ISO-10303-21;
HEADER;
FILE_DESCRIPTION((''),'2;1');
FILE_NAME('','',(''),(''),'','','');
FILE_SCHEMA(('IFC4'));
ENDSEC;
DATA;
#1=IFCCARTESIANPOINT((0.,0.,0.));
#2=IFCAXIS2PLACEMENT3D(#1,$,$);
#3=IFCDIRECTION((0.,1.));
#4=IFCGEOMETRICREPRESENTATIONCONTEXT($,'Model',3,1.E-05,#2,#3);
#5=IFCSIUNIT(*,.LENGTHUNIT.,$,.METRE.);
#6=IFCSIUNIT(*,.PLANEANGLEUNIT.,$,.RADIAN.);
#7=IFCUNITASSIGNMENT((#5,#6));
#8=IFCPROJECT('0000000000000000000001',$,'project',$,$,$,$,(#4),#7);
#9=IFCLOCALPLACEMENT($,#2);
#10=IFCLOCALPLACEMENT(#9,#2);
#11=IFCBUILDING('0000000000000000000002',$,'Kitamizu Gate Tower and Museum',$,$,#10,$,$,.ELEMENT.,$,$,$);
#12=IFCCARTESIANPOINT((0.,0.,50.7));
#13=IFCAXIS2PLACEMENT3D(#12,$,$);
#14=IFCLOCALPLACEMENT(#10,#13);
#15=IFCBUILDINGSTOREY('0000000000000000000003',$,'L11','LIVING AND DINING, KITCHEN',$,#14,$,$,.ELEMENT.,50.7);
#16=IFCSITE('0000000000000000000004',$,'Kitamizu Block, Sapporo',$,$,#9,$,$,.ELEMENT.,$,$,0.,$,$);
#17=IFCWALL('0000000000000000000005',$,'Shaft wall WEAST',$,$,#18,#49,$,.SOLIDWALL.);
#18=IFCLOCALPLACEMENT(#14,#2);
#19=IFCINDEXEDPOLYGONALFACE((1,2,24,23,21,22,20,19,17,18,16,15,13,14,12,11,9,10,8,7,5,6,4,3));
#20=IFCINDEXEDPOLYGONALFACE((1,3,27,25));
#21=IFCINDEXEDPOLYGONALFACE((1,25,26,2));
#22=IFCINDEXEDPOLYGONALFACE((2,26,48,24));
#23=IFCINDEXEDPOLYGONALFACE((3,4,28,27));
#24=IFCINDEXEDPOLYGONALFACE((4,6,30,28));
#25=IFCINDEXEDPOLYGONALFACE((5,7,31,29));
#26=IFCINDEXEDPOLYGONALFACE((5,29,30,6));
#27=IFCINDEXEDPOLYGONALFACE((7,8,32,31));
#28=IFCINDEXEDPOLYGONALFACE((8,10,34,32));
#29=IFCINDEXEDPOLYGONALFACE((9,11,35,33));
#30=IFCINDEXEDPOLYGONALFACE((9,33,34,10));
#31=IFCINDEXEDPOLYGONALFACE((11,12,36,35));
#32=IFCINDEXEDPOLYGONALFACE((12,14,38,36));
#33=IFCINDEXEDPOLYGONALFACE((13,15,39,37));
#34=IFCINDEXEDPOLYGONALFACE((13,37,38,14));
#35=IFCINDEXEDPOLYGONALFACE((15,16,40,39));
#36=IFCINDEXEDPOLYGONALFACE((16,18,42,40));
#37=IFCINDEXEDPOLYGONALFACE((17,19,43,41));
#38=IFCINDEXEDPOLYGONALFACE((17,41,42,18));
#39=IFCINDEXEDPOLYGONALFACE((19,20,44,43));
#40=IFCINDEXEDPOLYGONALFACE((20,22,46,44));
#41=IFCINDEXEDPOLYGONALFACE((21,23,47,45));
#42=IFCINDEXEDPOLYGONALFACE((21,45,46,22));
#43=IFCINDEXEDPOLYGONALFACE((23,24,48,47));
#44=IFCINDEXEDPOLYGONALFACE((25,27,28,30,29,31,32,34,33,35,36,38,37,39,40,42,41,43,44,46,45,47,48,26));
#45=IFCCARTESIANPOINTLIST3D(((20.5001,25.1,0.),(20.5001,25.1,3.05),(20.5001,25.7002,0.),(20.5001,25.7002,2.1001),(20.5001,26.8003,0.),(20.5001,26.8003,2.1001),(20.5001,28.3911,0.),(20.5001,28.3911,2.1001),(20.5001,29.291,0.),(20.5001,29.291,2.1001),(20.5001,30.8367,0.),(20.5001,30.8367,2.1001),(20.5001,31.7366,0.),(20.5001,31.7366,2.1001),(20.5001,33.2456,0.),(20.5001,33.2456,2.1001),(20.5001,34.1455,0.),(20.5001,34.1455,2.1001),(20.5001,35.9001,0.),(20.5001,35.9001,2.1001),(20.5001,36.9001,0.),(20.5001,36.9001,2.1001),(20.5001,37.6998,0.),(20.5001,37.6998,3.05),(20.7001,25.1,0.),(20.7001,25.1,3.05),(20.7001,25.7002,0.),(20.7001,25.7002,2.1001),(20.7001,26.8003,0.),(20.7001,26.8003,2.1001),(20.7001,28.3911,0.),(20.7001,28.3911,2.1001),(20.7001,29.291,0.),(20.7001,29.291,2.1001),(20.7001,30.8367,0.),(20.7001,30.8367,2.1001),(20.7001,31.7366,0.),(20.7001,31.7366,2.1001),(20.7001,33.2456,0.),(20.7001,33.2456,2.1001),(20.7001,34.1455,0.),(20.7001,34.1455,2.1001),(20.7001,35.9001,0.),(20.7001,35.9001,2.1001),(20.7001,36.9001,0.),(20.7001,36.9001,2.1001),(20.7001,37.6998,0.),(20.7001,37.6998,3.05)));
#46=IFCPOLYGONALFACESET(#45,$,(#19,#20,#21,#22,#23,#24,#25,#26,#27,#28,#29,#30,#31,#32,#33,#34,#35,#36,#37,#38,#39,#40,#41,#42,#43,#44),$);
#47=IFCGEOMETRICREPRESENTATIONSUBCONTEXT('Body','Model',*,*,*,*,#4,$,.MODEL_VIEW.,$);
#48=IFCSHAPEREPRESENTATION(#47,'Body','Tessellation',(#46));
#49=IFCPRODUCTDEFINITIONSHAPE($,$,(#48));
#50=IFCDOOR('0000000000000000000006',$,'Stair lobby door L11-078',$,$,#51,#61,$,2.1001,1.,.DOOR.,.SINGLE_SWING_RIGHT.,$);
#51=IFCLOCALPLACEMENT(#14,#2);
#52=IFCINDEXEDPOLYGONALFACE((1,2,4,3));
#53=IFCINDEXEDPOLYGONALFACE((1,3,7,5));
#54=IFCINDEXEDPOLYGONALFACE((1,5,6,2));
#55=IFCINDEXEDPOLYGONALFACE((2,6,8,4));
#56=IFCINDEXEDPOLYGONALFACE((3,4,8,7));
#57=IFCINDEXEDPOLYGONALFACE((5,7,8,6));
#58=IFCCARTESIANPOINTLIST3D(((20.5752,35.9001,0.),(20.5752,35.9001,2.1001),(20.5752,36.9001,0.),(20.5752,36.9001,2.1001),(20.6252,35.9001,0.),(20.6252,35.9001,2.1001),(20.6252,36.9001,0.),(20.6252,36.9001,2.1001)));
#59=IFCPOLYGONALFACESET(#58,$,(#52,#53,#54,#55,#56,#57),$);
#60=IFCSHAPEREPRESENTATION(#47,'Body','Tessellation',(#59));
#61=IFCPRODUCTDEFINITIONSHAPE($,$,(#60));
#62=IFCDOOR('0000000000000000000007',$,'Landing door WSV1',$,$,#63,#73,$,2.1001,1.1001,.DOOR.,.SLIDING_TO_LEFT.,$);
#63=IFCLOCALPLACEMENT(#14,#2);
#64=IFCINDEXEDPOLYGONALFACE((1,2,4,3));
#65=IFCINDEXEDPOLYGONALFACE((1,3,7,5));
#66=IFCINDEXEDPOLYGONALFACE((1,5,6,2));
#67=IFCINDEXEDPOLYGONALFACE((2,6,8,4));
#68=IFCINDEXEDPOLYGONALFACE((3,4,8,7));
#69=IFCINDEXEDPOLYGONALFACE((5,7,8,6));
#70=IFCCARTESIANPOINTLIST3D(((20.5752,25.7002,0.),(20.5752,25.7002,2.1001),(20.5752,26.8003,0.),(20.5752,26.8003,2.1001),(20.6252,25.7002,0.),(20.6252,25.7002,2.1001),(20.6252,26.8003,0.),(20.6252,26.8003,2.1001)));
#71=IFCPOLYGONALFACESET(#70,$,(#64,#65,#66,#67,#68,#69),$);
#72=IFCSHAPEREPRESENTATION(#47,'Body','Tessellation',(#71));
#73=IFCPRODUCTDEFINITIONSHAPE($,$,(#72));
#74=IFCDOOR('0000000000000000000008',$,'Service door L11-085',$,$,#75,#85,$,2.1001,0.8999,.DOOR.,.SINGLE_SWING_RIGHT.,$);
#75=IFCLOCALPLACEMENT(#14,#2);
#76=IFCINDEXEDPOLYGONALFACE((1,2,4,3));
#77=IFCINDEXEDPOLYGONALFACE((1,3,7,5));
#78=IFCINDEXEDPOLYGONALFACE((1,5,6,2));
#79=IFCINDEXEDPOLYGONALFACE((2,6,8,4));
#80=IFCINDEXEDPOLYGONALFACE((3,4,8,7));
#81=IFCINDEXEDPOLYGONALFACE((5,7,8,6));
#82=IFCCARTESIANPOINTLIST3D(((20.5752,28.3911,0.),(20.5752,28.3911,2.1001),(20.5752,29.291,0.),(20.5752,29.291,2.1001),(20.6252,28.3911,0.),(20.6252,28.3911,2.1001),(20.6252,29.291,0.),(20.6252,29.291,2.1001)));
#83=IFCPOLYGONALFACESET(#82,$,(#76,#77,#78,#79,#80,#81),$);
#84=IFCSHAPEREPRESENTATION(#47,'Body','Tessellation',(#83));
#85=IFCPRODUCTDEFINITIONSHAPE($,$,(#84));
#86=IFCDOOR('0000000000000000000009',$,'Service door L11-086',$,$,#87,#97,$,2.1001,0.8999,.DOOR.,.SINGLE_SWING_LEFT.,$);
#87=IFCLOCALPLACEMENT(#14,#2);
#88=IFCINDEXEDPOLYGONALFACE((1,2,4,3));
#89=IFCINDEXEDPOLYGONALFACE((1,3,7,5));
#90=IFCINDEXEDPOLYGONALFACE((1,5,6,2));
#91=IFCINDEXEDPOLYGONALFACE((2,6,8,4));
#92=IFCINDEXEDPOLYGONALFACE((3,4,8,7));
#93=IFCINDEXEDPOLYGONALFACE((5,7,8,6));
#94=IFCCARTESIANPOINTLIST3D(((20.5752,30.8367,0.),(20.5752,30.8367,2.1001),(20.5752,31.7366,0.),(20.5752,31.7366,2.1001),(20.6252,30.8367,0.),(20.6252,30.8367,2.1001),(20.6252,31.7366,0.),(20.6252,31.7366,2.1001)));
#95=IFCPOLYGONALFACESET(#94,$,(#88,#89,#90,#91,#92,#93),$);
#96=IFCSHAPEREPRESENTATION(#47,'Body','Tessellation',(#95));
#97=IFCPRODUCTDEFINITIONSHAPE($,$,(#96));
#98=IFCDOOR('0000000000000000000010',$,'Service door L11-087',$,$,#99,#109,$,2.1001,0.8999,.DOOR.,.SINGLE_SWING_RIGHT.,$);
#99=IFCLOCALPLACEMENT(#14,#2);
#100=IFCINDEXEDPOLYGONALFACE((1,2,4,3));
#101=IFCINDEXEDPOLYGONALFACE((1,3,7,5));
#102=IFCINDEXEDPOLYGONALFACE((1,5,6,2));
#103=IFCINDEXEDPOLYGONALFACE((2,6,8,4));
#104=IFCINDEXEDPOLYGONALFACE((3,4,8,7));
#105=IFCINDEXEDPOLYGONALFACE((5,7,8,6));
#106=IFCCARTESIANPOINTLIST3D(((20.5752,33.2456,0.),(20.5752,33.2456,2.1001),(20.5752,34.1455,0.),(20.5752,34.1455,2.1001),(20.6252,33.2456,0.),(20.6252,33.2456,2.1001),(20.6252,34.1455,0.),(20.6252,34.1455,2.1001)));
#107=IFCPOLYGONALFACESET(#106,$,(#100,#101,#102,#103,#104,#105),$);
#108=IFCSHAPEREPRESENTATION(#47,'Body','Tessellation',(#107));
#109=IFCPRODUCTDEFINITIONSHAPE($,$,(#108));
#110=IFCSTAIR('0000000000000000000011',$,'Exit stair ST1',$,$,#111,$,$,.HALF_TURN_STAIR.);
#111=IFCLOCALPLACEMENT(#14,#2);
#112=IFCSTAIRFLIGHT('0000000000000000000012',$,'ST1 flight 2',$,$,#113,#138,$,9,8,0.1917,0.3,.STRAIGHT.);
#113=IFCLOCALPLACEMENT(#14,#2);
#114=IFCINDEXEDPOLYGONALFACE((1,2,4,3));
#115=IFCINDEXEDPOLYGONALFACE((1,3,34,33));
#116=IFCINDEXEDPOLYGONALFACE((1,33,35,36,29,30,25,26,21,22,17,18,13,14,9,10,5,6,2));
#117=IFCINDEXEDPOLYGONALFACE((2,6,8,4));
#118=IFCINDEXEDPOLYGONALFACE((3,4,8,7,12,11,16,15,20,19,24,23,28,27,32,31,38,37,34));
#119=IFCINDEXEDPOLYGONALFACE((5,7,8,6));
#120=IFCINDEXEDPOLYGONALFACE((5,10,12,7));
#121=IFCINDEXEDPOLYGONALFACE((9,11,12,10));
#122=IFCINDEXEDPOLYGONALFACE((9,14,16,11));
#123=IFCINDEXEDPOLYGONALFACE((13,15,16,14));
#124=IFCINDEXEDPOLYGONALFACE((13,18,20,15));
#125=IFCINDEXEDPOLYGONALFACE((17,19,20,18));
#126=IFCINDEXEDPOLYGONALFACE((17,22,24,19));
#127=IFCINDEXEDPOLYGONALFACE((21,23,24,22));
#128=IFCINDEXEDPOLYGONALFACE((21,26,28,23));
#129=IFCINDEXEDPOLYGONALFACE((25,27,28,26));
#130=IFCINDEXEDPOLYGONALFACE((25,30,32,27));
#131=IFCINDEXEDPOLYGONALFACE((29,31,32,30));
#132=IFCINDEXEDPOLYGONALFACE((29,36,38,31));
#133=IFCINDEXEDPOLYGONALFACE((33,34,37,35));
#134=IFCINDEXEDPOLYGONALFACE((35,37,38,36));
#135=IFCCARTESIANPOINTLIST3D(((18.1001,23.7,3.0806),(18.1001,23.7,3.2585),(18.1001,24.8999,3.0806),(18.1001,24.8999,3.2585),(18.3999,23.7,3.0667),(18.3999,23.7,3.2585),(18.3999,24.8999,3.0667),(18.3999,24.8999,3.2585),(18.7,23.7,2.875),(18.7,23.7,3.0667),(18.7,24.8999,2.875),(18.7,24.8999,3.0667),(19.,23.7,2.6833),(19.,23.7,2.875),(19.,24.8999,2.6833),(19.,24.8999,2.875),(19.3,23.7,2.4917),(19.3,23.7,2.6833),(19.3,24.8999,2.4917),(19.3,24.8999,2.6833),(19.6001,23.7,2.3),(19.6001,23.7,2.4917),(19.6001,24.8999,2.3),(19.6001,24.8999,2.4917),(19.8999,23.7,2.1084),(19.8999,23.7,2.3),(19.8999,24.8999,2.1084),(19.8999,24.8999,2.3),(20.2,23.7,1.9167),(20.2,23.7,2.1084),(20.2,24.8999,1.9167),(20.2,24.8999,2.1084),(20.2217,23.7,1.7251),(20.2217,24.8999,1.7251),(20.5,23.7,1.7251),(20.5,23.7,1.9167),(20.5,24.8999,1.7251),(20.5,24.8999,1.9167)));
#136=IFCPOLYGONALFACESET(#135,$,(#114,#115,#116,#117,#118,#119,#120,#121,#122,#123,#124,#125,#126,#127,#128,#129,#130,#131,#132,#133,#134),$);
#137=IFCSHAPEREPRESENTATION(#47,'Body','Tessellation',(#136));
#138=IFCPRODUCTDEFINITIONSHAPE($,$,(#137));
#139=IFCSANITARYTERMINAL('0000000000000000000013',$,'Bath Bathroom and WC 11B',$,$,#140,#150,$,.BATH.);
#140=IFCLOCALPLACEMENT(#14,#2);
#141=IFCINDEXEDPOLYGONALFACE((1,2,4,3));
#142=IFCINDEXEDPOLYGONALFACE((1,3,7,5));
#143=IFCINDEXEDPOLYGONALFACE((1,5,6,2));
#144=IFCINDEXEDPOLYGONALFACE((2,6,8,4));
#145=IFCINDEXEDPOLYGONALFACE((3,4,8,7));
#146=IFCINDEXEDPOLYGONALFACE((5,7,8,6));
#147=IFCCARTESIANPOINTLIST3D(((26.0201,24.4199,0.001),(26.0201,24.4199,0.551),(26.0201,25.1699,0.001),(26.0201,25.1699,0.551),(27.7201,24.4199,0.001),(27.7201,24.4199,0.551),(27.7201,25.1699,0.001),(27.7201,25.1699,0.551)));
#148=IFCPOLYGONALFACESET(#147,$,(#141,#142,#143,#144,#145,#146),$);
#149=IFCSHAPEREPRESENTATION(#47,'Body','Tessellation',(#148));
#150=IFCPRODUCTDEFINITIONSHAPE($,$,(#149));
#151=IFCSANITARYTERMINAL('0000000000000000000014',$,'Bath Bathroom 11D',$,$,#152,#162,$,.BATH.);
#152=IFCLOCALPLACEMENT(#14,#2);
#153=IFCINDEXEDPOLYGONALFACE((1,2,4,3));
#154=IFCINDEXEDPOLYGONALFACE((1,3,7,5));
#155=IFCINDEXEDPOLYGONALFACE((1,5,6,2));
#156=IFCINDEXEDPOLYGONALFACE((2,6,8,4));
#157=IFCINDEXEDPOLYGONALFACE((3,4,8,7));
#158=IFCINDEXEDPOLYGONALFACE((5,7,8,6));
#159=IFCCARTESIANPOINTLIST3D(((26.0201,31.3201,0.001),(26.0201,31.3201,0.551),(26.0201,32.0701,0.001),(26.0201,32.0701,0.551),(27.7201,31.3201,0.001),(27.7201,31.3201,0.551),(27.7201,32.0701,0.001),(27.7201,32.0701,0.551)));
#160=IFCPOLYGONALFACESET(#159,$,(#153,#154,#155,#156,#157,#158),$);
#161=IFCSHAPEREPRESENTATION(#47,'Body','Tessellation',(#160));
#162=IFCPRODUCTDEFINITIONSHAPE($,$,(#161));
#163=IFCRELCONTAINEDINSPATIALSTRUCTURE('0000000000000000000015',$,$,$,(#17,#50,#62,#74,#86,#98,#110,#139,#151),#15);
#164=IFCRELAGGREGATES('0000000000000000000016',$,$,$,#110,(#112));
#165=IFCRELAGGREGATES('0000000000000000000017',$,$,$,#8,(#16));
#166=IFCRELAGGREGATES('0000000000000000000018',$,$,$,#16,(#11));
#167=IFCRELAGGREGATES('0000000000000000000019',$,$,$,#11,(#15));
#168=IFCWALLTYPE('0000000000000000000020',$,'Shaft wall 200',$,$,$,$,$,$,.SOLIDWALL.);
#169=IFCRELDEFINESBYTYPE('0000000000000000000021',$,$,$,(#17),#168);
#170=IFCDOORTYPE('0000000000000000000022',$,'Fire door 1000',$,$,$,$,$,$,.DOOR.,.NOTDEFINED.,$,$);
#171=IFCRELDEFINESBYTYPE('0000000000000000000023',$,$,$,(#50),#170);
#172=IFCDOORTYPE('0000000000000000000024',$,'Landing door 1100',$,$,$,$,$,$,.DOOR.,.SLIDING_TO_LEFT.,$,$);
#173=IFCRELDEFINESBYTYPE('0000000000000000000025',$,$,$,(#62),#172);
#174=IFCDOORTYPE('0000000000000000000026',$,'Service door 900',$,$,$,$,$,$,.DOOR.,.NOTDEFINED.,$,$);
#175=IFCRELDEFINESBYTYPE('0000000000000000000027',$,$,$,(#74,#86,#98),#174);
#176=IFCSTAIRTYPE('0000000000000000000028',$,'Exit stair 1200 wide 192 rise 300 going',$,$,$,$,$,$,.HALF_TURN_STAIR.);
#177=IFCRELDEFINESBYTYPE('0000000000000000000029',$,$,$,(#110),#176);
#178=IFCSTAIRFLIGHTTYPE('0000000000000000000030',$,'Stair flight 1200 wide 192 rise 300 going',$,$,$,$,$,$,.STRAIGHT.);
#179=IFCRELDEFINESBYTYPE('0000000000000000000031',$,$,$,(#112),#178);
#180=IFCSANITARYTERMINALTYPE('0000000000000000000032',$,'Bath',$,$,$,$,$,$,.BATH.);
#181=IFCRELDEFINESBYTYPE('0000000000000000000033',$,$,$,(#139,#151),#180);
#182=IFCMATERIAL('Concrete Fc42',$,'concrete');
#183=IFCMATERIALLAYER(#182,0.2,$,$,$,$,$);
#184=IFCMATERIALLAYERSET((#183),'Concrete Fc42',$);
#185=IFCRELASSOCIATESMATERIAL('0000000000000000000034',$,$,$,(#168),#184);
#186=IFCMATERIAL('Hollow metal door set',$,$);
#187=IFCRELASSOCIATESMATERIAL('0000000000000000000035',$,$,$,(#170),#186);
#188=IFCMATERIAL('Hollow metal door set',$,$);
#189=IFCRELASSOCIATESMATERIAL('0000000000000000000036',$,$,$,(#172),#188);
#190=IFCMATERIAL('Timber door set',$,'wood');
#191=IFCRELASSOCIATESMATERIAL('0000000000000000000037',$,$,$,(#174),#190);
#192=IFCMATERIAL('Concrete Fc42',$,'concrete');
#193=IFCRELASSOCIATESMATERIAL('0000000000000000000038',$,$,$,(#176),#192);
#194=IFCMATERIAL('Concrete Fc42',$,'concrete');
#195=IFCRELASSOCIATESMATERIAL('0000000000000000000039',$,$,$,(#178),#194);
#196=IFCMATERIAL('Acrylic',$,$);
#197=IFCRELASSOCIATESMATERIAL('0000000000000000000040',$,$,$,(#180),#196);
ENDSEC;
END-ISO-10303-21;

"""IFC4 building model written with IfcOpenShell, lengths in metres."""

from ifc_helpers import new_model, si_unit, direction, frame, frame_2d, origin, origin_2d, place, context, subcontext, project, spatial, polyline, rectangle, outline, extrude, material, layer, layer_set, type_object, element, fill, aggregate, save


model = new_model("IFC4")

# Units and contexts
model_context = context("Model", 3, precision=1e-05, world=origin(), true_north=direction((0.0, 1.0)))
body_context = subcontext(model_context, "Body", "Model", "MODEL_VIEW")
ifc_project = project(units=[si_unit("LENGTHUNIT", "METRE"), si_unit("PLANEANGLEUNIT", "RADIAN")], contexts=[model_context])

# Site, building, storey
site_placement = place(None, origin())
site = spatial("IfcSite", under=ifc_project, at=site_placement, Name="Kitamizu Block, Sapporo", CompositionType="ELEMENT", RefElevation=0.0)
building_placement = place(site_placement, origin())
building = spatial("IfcBuilding", under=site, at=building_placement, Name="Kitamizu Gate Tower and Museum", CompositionType="ELEMENT")
storey_placement = place(building_placement, frame((0.0, 0.0, 50.7)))
storey = spatial("IfcBuildingStorey", under=building, at=storey_placement, Name="L11", Description="LIVING AND DINING, KITCHEN", CompositionType="ELEMENT", Elevation=50.7)

# Wall, openings, doors
ifc_material_1 = material(Name="Concrete Fc42", Category="concrete")
ifc_layer_1 = layer(ifc_material_1, 0.2)
ifc_layer_set_1 = layer_set([ifc_layer_1], Name="Concrete Fc42")
wall_type_1 = type_object("IfcWallType", Name="Shaft wall 200", PredefinedType="SOLIDWALL", material=ifc_layer_set_1)
wall_1_placement = place(storey_placement, frame((20.6001, 25.1001, 0.0), z_axis=(0.0, 0.0, 1.0), x_axis=(0.0, 1.0, 0.0)))
wall_1 = element("IfcWall", 1, at=wall_1_placement, inside=storey, type_object=wall_type_1, Name="Shaft wall WEAST", PredefinedType="SOLIDWALL", context=body_context, shape_type="SweptSolid", body=[
    extrude(rectangle(XDim=12.5999, YDim=0.2, at=frame_2d((6.2998, 0.0))), origin(), (0.0, 0.0, 1.0), 3.05),
])
opening_1_placement = place(wall_1_placement, frame((0.6001, 0.0, 0.0)))
opening_1 = element("IfcOpeningElement", 2, at=opening_1_placement, cuts=wall_1, PredefinedType="OPENING", context=body_context, shape_type="SweptSolid", body=[
    extrude(rectangle(XDim=1.1001, YDim=2.1001, at=frame_2d((0.55, 1.05))), frame((0.0, 0.1099, 0.0), z_axis=(0.0, -1.0, 0.0), x_axis=(1.0, 0.0, 0.0)), (0.0, 0.0, 1.0), 0.22),
])
opening_2_placement = place(wall_1_placement, frame((10.8, 0.0, 0.0)))
opening_2 = element("IfcOpeningElement", 3, at=opening_2_placement, cuts=wall_1, PredefinedType="OPENING", context=body_context, shape_type="SweptSolid", body=[
    extrude(rectangle(XDim=1.0, YDim=2.1001, at=frame_2d((0.5, 1.05))), frame((0.0, 0.1099, 0.0), z_axis=(0.0, -1.0, 0.0), x_axis=(1.0, 0.0, 0.0)), (0.0, 0.0, 1.0), 0.22),
])
opening_3_placement = place(wall_1_placement, frame((3.291, 0.0, 0.0)))
opening_3 = element("IfcOpeningElement", 4, at=opening_3_placement, cuts=wall_1, PredefinedType="OPENING", context=body_context, shape_type="SweptSolid", body=[
    extrude(rectangle(XDim=0.8999, YDim=2.1001, at=frame_2d((0.45, 1.05))), frame((0.0, 0.1099, 0.0), z_axis=(0.0, -1.0, 0.0), x_axis=(1.0, 0.0, 0.0)), (0.0, 0.0, 1.0), 0.22),
])
opening_4_placement = place(wall_1_placement, frame((5.7366, 0.0, 0.0)))
opening_4 = element("IfcOpeningElement", 5, at=opening_4_placement, cuts=wall_1, PredefinedType="OPENING", context=body_context, shape_type="SweptSolid", body=[
    extrude(rectangle(XDim=0.8999, YDim=2.1001, at=frame_2d((0.45, 1.05))), frame((0.0, 0.1099, 0.0), z_axis=(0.0, -1.0, 0.0), x_axis=(1.0, 0.0, 0.0)), (0.0, 0.0, 1.0), 0.22),
])
opening_5_placement = place(wall_1_placement, frame((8.1455, 0.0, 0.0)))
opening_5 = element("IfcOpeningElement", 6, at=opening_5_placement, cuts=wall_1, PredefinedType="OPENING", context=body_context, shape_type="SweptSolid", body=[
    extrude(rectangle(XDim=0.8999, YDim=2.1001, at=frame_2d((0.45, 1.05))), frame((0.0, 0.1099, 0.0), z_axis=(0.0, -1.0, 0.0), x_axis=(1.0, 0.0, 0.0)), (0.0, 0.0, 1.0), 0.22),
])
ifc_material_2 = material(Name="Hollow metal door set")
door_type_1 = type_object("IfcDoorType", Name="Fire door 1000", OperationType="NOTDEFINED", PredefinedType="DOOR", material=ifc_material_2)
door_1_placement = place(opening_2_placement, origin())
door_1 = element("IfcDoor", 7, at=door_1_placement, inside=storey, type_object=door_type_1, Name="Stair lobby door L11-078", OperationType="SINGLE_SWING_RIGHT", OverallHeight=2.1001, OverallWidth=1.0, PredefinedType="DOOR", context=body_context, shape_type="SweptSolid", body=[
    extrude(rectangle(XDim=1.0, YDim=2.1001, at=frame_2d((0.5, 1.05))), frame((0.0, 0.0249, 0.0), z_axis=(0.0, -1.0, 0.0), x_axis=(1.0, 0.0, 0.0)), (0.0, 0.0, 1.0), 0.05),
])
fill(opening_2, door_1)
ifc_material_3 = material(Name="Hollow metal door set")
door_type_2 = type_object("IfcDoorType", Name="Landing door 1100", OperationType="SLIDING_TO_LEFT", PredefinedType="DOOR", material=ifc_material_3)
door_2_placement = place(opening_1_placement, origin())
door_2 = element("IfcDoor", 8, at=door_2_placement, inside=storey, type_object=door_type_2, Name="Landing door WSV1", OperationType="SLIDING_TO_LEFT", OverallHeight=2.1001, OverallWidth=1.1001, PredefinedType="DOOR", context=body_context, shape_type="SweptSolid", body=[
    extrude(rectangle(XDim=1.1001, YDim=2.1001, at=frame_2d((0.55, 1.05))), frame((0.0, 0.0249, 0.0), z_axis=(0.0, -1.0, 0.0), x_axis=(1.0, 0.0, 0.0)), (0.0, 0.0, 1.0), 0.05),
])
fill(opening_1, door_2)
ifc_material_4 = material(Name="Timber door set", Category="wood")
door_type_3 = type_object("IfcDoorType", Name="Service door 900", OperationType="NOTDEFINED", PredefinedType="DOOR", material=ifc_material_4)
door_3_placement = place(opening_3_placement, origin())
door_3 = element("IfcDoor", 9, at=door_3_placement, inside=storey, type_object=door_type_3, Name="Service door L11-085", OperationType="SINGLE_SWING_RIGHT", OverallHeight=2.1001, OverallWidth=0.8999, PredefinedType="DOOR", context=body_context, shape_type="SweptSolid", body=[
    extrude(rectangle(XDim=0.8999, YDim=2.1001, at=frame_2d((0.45, 1.05))), frame((0.0, 0.0249, 0.0), z_axis=(0.0, -1.0, 0.0), x_axis=(1.0, 0.0, 0.0)), (0.0, 0.0, 1.0), 0.05),
])
fill(opening_3, door_3)
door_4_placement = place(opening_4_placement, origin())
door_4 = element("IfcDoor", 10, at=door_4_placement, inside=storey, type_object=door_type_3, Name="Service door L11-086", OperationType="SINGLE_SWING_LEFT", OverallHeight=2.1001, OverallWidth=0.8999, PredefinedType="DOOR", context=body_context, shape_type="SweptSolid", body=[
    extrude(rectangle(XDim=0.8999, YDim=2.1001, at=frame_2d((0.45, 1.05))), frame((0.0, 0.0249, 0.0), z_axis=(0.0, -1.0, 0.0), x_axis=(1.0, 0.0, 0.0)), (0.0, 0.0, 1.0), 0.05),
])
fill(opening_4, door_4)
door_5_placement = place(opening_5_placement, origin())
door_5 = element("IfcDoor", 11, at=door_5_placement, inside=storey, type_object=door_type_3, Name="Service door L11-087", OperationType="SINGLE_SWING_RIGHT", OverallHeight=2.1001, OverallWidth=0.8999, PredefinedType="DOOR", context=body_context, shape_type="SweptSolid", body=[
    extrude(rectangle(XDim=0.8999, YDim=2.1001, at=frame_2d((0.45, 1.05))), frame((0.0, 0.0249, 0.0), z_axis=(0.0, -1.0, 0.0), x_axis=(1.0, 0.0, 0.0)), (0.0, 0.0, 1.0), 0.05),
])
fill(opening_5, door_5)

# Stair, stair flight
ifc_material_5 = material(Name="Concrete Fc42", Category="concrete")
stair_type = type_object("IfcStairType", Name="Exit stair 1200 wide 192 rise 300 going", PredefinedType="HALF_TURN_STAIR", material=ifc_material_5)
stair_placement = place(storey_placement, origin())
stair = element("IfcStair", 12, at=stair_placement, inside=storey, type_object=stair_type, Name="Exit stair ST1", PredefinedType="HALF_TURN_STAIR")
ifc_material_6 = material(Name="Concrete Fc42", Category="concrete")
stair_flight_type = type_object("IfcStairFlightType", Name="Stair flight 1200 wide 192 rise 300 going", PredefinedType="STRAIGHT", material=ifc_material_6)
stair_flight_placement = place(storey_placement, frame((20.5, 24.3, 1.7251), z_axis=(0.0, 0.0, 1.0), x_axis=(-1.0, 0.0, 0.0)))
stair_flight = element("IfcStairFlight", 13, at=stair_flight_placement, type_object=stair_flight_type, Name="ST1 flight 2", NumberOfRisers=9, NumberOfTreads=8, PredefinedType="STRAIGHT", RiserHeight=0.1917, TreadLength=0.3, context=body_context, shape_type="SweptSolid", body=[
    extrude(outline(polyline([(0.0, 0.0), (0.0, 0.1917), (0.3, 0.1917), (0.3, 0.3833), (0.6001, 0.3833), (0.6001, 0.575), (0.8999, 0.575), (0.8999, 0.7666), (1.2, 0.7666), (1.2, 0.9583), (1.5, 0.9583), (1.5, 1.1499), (1.8, 1.1499), (1.8, 1.3416), (2.1001, 1.3416), (2.1001, 1.5334), (2.3999, 1.5334), (2.3999, 1.7251), (2.3999, 1.3555), (0.2783, 0.0), (0.0, 0.0)])), frame((0.0, 0.6001, 0.0), z_axis=(0.0, -1.0, 0.0), x_axis=(1.0, 0.0, 0.0)), (0.0, 0.0, 1.0), 1.2),
])
aggregate(stair, [stair_flight])

# Sanitary terminals
ifc_material_7 = material(Name="Acrylic")
sanitary_terminal_type_1 = type_object("IfcSanitaryTerminalType", Name="Bath", PredefinedType="BATH", material=ifc_material_7)
for number, where, z_axis, x_axis, name in (
    (14, (26.8701, 24.7949, 0.001), (0.0, 0.0, 1.0), (1.0, 0.0, 0.0), "Bath Bathroom and WC 11B"),
    (15, (26.8701, 31.6951, 0.001), (0.0, 0.0, 1.0), (1.0, 0.0, 0.0), "Bath Bathroom 11D"),
):
    element("IfcSanitaryTerminal", number, at=place(storey_placement, frame(where, z_axis=z_axis, x_axis=x_axis)), inside=storey, type_object=sanitary_terminal_type_1, Name=name, PredefinedType="BATH", context=body_context, shape_type="SweptSolid", body=[
        extrude(rectangle(XDim=1.7, YDim=0.75, at=origin_2d()), origin(), (0.0, 0.0, 1.0), 0.55),
    ])

save(model, "model.ifc")
